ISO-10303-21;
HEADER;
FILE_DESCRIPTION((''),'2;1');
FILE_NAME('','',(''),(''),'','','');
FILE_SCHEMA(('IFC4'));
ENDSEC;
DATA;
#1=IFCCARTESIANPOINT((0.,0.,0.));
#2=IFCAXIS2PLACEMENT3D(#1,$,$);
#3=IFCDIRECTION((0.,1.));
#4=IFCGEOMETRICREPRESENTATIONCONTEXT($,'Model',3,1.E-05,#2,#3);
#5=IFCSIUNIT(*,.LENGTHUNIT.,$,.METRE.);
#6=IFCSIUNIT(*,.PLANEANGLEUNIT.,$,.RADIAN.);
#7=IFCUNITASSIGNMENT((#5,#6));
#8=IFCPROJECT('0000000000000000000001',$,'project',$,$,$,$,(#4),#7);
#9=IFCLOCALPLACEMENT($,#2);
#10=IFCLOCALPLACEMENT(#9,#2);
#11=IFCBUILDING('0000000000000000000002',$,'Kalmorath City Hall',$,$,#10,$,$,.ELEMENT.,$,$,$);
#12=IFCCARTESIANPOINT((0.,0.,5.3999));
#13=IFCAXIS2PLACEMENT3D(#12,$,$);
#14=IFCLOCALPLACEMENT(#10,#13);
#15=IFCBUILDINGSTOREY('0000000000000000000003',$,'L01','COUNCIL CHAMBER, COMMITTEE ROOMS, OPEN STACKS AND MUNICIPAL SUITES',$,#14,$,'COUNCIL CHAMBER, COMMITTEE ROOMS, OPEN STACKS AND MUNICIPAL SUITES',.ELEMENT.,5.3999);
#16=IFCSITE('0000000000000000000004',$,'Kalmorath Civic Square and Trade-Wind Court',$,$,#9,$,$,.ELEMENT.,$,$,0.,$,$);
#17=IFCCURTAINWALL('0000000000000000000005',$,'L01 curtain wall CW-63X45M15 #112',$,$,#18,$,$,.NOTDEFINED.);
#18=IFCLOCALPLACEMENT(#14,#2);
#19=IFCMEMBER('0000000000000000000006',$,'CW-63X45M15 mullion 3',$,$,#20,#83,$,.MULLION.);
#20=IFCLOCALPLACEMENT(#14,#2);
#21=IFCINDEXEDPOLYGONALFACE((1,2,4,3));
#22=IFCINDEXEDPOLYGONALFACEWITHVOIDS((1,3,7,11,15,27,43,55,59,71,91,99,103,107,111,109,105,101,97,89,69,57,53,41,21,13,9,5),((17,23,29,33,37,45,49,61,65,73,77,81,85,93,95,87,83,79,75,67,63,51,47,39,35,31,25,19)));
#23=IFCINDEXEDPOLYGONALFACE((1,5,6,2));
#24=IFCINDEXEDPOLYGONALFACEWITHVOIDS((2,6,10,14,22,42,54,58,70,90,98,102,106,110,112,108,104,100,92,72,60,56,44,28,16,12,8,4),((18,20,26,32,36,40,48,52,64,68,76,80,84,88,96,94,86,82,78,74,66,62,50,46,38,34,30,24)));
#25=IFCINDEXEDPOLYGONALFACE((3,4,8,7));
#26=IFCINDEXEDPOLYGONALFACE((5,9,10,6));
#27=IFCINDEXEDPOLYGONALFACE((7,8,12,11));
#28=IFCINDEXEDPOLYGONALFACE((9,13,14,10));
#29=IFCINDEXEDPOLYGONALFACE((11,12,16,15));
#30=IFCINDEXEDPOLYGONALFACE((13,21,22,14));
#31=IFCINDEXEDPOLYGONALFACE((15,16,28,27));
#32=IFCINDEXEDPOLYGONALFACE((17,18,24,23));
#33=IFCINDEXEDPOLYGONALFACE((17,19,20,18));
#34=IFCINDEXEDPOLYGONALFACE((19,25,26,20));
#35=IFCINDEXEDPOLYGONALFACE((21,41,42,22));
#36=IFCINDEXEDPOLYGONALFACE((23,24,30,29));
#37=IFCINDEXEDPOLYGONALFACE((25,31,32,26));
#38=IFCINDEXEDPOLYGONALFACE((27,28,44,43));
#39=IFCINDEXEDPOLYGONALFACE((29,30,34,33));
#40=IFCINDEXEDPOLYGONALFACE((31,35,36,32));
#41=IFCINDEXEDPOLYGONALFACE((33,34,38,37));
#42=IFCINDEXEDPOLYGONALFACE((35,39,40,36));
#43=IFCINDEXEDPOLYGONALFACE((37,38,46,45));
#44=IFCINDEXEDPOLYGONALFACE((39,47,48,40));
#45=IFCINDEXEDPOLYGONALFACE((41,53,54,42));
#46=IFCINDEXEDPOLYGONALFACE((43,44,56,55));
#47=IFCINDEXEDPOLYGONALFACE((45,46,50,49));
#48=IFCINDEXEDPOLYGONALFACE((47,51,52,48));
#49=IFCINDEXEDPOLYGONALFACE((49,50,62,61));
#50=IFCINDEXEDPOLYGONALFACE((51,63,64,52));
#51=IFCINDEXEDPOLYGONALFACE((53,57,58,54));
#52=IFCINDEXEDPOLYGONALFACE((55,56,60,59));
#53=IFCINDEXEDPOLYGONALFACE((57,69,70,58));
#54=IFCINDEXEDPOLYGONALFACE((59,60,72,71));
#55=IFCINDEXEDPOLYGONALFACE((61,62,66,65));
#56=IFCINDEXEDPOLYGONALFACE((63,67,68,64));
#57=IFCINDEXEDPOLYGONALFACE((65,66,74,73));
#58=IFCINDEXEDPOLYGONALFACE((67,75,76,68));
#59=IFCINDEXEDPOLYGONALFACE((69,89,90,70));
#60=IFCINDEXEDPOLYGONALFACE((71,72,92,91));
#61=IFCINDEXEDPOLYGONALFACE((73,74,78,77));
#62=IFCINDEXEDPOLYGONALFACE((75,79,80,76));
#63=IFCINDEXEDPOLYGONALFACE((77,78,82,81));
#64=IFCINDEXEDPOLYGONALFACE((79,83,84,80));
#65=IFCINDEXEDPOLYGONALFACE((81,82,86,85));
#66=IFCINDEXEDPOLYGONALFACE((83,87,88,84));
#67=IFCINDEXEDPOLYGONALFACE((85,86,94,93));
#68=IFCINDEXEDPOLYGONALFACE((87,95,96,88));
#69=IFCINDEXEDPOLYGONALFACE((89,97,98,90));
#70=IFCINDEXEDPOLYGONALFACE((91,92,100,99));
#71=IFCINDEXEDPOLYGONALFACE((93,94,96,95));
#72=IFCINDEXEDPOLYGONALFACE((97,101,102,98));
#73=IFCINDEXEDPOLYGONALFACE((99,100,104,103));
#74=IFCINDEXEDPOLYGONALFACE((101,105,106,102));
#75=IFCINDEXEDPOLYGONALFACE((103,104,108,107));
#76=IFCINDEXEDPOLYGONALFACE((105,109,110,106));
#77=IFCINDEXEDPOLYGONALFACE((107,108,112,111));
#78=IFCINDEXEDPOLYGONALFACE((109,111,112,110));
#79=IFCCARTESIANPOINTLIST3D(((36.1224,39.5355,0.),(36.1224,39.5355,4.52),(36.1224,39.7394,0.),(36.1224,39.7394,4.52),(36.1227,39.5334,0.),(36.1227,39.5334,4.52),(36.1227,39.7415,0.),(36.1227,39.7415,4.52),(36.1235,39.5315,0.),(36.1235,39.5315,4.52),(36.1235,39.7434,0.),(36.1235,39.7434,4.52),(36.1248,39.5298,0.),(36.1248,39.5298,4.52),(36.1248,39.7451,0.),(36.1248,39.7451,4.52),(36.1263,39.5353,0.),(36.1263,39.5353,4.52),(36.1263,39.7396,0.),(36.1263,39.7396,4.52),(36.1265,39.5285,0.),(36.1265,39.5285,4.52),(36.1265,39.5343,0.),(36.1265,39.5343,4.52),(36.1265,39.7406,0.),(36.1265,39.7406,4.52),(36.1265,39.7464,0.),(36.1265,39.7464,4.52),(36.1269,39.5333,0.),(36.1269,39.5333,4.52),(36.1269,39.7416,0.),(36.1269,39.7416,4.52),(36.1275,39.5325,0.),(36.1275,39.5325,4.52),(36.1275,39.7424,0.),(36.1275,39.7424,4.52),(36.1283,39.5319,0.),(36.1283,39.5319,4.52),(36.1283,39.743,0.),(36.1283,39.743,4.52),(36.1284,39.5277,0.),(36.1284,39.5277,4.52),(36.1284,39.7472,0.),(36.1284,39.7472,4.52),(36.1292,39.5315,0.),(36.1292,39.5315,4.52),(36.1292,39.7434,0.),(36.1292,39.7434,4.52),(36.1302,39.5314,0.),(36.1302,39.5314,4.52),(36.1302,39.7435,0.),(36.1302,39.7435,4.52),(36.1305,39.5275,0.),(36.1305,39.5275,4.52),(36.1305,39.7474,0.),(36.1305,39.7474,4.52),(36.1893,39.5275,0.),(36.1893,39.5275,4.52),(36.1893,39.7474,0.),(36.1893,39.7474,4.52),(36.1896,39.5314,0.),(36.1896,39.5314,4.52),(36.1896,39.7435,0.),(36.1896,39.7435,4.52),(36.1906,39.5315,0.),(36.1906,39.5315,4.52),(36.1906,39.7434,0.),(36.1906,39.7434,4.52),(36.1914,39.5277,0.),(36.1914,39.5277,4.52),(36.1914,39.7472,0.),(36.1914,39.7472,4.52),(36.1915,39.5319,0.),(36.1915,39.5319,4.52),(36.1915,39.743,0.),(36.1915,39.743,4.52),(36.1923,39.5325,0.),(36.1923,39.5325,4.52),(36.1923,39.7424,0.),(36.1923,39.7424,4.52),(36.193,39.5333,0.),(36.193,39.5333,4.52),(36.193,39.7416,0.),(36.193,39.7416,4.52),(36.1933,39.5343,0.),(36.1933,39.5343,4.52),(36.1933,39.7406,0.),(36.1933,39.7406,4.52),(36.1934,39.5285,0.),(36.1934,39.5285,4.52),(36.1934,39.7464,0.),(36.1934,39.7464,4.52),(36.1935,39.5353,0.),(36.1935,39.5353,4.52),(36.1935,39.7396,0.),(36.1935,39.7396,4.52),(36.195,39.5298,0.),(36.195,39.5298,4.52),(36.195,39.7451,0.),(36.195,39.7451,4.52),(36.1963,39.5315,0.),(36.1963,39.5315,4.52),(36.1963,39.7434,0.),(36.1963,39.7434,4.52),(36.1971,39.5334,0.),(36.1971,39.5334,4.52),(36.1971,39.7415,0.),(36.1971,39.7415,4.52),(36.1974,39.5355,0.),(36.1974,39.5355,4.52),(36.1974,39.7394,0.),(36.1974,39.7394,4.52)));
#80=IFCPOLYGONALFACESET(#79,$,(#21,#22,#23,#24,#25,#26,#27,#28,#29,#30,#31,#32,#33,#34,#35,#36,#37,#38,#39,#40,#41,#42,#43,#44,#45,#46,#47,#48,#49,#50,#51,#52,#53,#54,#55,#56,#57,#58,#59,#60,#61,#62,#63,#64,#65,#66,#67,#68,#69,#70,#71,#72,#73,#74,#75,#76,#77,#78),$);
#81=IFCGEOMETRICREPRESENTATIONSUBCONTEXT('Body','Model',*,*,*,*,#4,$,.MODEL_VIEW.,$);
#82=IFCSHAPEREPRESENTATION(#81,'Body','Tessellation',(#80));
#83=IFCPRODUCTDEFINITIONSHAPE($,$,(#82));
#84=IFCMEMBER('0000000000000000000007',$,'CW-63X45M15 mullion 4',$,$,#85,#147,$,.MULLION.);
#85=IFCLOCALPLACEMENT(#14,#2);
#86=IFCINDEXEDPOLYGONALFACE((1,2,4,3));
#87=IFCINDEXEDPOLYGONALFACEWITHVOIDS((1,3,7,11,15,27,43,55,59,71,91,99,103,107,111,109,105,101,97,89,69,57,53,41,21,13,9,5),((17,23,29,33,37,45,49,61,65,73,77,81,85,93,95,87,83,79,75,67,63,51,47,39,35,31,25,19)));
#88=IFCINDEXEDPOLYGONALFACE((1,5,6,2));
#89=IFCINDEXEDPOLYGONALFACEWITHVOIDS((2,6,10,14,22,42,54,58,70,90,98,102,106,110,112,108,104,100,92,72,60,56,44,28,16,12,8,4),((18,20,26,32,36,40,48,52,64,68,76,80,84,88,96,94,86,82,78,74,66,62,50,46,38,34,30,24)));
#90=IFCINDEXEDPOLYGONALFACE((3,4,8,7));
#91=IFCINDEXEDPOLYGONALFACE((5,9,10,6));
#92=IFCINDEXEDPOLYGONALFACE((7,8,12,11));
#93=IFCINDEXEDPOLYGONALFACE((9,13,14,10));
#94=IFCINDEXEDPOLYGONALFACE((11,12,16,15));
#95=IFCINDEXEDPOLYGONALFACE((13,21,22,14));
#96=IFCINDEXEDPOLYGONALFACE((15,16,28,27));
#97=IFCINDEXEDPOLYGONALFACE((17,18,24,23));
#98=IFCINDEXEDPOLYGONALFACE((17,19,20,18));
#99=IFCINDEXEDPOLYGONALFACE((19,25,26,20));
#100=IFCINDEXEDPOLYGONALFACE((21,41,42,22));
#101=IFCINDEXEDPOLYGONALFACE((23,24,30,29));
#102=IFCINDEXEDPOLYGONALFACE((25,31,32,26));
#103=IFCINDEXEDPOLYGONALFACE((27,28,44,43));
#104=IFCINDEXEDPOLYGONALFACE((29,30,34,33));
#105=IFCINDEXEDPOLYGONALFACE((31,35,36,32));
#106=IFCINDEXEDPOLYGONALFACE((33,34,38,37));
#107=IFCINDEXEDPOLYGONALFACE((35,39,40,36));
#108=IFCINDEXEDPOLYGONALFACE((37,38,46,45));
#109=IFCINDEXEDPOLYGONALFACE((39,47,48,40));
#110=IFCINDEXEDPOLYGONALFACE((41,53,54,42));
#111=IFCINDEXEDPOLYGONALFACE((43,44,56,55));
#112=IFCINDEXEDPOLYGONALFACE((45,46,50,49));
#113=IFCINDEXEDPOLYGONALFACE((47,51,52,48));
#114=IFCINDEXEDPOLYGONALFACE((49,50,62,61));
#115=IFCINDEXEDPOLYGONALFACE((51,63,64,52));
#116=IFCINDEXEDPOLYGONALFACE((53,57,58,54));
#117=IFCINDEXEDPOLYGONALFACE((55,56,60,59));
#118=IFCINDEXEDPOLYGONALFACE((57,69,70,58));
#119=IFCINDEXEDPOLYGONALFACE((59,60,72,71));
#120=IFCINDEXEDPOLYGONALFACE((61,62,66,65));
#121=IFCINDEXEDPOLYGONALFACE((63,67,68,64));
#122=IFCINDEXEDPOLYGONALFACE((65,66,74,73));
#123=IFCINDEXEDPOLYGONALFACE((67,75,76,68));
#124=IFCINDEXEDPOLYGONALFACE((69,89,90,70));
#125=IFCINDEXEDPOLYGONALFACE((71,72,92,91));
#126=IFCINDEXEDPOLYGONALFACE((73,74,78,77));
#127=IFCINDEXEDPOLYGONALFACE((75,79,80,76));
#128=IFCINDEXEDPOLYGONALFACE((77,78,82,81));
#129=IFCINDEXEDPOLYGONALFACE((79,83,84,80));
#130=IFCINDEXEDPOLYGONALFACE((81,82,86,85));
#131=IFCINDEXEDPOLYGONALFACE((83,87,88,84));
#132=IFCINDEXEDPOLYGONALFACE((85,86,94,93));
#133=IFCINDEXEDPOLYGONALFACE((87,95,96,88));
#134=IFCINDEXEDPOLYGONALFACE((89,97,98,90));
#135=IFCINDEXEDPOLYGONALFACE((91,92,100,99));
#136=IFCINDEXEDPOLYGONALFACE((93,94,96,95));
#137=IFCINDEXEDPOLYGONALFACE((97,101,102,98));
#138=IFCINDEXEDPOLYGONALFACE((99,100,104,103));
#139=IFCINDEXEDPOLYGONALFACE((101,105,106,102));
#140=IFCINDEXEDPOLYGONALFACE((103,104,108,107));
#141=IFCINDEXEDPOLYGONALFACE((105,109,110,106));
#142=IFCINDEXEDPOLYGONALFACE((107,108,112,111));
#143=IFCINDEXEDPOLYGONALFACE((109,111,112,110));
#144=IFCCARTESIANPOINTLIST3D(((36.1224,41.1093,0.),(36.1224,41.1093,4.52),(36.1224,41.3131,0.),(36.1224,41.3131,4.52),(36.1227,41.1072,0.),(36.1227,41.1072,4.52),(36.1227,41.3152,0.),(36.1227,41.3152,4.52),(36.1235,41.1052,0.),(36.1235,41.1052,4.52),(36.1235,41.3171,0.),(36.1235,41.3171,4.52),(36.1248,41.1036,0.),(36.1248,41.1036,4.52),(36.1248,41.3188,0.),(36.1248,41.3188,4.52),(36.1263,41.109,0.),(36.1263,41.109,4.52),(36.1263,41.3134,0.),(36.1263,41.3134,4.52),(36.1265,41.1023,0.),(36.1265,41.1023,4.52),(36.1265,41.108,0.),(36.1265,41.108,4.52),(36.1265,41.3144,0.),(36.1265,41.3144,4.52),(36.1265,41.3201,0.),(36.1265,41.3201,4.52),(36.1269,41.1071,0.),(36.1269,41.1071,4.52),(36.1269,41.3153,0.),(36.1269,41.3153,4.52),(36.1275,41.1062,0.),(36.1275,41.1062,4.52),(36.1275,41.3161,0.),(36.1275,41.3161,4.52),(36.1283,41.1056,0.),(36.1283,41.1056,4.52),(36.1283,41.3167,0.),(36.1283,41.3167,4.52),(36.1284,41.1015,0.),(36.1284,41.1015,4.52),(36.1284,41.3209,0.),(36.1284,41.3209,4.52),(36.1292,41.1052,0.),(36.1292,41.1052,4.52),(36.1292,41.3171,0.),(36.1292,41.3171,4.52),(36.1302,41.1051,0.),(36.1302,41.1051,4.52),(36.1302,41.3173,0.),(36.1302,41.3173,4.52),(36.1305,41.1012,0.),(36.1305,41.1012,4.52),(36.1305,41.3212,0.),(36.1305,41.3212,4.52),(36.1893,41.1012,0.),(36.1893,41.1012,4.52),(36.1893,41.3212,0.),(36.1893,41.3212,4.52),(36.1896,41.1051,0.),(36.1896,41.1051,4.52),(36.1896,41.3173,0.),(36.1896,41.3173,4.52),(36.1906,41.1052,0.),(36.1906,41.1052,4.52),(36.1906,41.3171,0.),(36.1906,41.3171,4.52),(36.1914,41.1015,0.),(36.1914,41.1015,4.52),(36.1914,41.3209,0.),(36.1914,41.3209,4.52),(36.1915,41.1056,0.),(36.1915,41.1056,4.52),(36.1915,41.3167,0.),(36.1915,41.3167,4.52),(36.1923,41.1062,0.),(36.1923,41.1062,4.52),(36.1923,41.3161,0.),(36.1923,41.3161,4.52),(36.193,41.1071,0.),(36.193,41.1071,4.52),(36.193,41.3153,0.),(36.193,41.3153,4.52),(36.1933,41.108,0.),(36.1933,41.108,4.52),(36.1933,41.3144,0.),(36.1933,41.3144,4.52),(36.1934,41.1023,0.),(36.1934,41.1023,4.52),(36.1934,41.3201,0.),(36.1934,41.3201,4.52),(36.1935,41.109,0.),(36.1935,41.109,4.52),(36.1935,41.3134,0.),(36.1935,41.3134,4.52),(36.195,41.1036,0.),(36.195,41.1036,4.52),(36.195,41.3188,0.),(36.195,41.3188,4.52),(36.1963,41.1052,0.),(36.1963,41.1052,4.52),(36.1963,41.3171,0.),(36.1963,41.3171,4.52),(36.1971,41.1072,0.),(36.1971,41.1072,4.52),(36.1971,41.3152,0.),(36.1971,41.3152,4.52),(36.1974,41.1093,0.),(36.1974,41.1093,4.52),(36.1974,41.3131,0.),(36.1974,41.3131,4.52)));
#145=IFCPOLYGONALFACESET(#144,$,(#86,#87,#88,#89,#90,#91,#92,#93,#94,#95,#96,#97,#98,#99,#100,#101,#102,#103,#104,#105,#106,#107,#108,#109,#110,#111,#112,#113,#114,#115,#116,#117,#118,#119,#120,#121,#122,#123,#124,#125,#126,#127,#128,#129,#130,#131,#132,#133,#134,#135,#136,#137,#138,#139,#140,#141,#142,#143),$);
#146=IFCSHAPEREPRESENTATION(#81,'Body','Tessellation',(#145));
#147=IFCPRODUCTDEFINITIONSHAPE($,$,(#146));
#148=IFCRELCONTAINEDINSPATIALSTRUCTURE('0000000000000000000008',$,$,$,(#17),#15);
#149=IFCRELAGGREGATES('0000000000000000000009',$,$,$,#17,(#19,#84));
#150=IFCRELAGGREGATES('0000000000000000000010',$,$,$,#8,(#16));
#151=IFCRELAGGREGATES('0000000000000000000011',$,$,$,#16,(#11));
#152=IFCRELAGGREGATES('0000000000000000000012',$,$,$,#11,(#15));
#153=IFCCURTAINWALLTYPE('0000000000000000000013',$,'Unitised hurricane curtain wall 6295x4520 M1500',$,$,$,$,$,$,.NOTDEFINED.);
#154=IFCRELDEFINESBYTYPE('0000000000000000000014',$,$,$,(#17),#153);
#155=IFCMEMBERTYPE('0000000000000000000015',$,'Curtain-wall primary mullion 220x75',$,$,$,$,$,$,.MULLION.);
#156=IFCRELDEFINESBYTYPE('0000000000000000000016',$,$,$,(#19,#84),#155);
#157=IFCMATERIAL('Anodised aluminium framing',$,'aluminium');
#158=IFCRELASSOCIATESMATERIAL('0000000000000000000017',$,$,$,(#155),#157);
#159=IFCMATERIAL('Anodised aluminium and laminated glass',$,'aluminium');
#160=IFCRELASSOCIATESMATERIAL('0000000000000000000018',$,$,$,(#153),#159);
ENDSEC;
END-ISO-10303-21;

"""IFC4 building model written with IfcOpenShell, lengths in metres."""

from ifc_helpers import new_model, si_unit, direction, frame, origin, origin_2d, place, context, subcontext, project, spatial, hollow_rectangle, extrude, material, material_profile, profile_set, type_object, element, aggregate, save


model = new_model("IFC4")

# Units and contexts
model_context = context("Model", 3, precision=1e-05, world=origin(), true_north=direction((0.0, 1.0)))
body_context = subcontext(model_context, "Body", "Model", "MODEL_VIEW")
ifc_project = project(units=[si_unit("LENGTHUNIT", "METRE"), si_unit("PLANEANGLEUNIT", "RADIAN")], contexts=[model_context])

# Site, building, storey
site_placement = place(None, origin())
site = spatial("IfcSite", under=ifc_project, at=site_placement, Name="Kalmorath Civic Square and Trade-Wind Court", CompositionType="ELEMENT", RefElevation=0.0)
building_placement = place(site_placement, origin())
building = spatial("IfcBuilding", under=site, at=building_placement, Name="Kalmorath City Hall", CompositionType="ELEMENT")
storey_placement = place(building_placement, frame((0.0, 0.0, 5.3999)))
storey = spatial("IfcBuildingStorey", under=building, at=storey_placement, Name="L01", Description="COUNCIL CHAMBER, COMMITTEE ROOMS, OPEN STACKS AND MUNICIPAL SUITES", LongName="COUNCIL CHAMBER, COMMITTEE ROOMS, OPEN STACKS AND MUNICIPAL SUITES", CompositionType="ELEMENT", Elevation=5.3999)

# Shared definitions
ifc_material_1 = material(Name="Anodised aluminium framing", Category="aluminium")
ifc_material_profile_1 = material_profile(ifc_material_1, hollow_rectangle(XDim=0.075, YDim=0.22, WallThickness=0.0039, InnerFilletRadius=0.0039, OuterFilletRadius=0.0081, at=origin_2d()), Name="ALU-MUL-220X75X4")
ifc_profile_set_1 = profile_set([ifc_material_profile_1], Name="Anodised aluminium framing")
member_type_1 = type_object("IfcMemberType", Name="Curtain-wall primary mullion 220x75", PredefinedType="MULLION", material=ifc_profile_set_1)

# Curtain wall, members
ifc_material_2 = material(Name="Anodised aluminium and laminated glass", Category="aluminium")
curtain_wall_type_1 = type_object("IfcCurtainWallType", Name="Unitised hurricane curtain wall 6295x4520 M1500", PredefinedType="NOTDEFINED", material=ifc_material_2)
curtain_wall_1_placement = place(storey_placement, origin())
curtain_wall_1 = element("IfcCurtainWall", 1, at=curtain_wall_1_placement, inside=storey, type_object=curtain_wall_type_1, Name="L01 curtain wall CW-63X45M15 #112", PredefinedType="NOTDEFINED")
member_1_placement = place(storey_placement, frame((36.1599, 39.6375, 0.0), z_axis=(0.0, 0.0, 1.0), x_axis=(-1.0, 0.0, 0.0)))
member_1 = element("IfcMember", 2, at=member_1_placement, type_object=member_type_1, Name="CW-63X45M15 mullion 3", PredefinedType="MULLION", context=body_context, shape_type="SweptSolid", body=[
    extrude(hollow_rectangle(XDim=0.075, YDim=0.22, WallThickness=0.0039, InnerFilletRadius=0.0039, OuterFilletRadius=0.0081, at=origin_2d()), origin(), (0.0, 0.0, 1.0), 4.52),
])
member_2_placement = place(storey_placement, frame((36.1599, 41.2112, 0.0), z_axis=(0.0, 0.0, 1.0), x_axis=(-1.0, 0.0, 0.0)))
member_2 = element("IfcMember", 3, at=member_2_placement, type_object=member_type_1, Name="CW-63X45M15 mullion 4", PredefinedType="MULLION", context=body_context, shape_type="SweptSolid", body=[
    extrude(hollow_rectangle(XDim=0.075, YDim=0.22, WallThickness=0.0039, InnerFilletRadius=0.0039, OuterFilletRadius=0.0081, at=origin_2d()), origin(), (0.0, 0.0, 1.0), 4.52),
])

aggregate(curtain_wall_1, [member_1, member_2])

save(model, "model.ifc")
